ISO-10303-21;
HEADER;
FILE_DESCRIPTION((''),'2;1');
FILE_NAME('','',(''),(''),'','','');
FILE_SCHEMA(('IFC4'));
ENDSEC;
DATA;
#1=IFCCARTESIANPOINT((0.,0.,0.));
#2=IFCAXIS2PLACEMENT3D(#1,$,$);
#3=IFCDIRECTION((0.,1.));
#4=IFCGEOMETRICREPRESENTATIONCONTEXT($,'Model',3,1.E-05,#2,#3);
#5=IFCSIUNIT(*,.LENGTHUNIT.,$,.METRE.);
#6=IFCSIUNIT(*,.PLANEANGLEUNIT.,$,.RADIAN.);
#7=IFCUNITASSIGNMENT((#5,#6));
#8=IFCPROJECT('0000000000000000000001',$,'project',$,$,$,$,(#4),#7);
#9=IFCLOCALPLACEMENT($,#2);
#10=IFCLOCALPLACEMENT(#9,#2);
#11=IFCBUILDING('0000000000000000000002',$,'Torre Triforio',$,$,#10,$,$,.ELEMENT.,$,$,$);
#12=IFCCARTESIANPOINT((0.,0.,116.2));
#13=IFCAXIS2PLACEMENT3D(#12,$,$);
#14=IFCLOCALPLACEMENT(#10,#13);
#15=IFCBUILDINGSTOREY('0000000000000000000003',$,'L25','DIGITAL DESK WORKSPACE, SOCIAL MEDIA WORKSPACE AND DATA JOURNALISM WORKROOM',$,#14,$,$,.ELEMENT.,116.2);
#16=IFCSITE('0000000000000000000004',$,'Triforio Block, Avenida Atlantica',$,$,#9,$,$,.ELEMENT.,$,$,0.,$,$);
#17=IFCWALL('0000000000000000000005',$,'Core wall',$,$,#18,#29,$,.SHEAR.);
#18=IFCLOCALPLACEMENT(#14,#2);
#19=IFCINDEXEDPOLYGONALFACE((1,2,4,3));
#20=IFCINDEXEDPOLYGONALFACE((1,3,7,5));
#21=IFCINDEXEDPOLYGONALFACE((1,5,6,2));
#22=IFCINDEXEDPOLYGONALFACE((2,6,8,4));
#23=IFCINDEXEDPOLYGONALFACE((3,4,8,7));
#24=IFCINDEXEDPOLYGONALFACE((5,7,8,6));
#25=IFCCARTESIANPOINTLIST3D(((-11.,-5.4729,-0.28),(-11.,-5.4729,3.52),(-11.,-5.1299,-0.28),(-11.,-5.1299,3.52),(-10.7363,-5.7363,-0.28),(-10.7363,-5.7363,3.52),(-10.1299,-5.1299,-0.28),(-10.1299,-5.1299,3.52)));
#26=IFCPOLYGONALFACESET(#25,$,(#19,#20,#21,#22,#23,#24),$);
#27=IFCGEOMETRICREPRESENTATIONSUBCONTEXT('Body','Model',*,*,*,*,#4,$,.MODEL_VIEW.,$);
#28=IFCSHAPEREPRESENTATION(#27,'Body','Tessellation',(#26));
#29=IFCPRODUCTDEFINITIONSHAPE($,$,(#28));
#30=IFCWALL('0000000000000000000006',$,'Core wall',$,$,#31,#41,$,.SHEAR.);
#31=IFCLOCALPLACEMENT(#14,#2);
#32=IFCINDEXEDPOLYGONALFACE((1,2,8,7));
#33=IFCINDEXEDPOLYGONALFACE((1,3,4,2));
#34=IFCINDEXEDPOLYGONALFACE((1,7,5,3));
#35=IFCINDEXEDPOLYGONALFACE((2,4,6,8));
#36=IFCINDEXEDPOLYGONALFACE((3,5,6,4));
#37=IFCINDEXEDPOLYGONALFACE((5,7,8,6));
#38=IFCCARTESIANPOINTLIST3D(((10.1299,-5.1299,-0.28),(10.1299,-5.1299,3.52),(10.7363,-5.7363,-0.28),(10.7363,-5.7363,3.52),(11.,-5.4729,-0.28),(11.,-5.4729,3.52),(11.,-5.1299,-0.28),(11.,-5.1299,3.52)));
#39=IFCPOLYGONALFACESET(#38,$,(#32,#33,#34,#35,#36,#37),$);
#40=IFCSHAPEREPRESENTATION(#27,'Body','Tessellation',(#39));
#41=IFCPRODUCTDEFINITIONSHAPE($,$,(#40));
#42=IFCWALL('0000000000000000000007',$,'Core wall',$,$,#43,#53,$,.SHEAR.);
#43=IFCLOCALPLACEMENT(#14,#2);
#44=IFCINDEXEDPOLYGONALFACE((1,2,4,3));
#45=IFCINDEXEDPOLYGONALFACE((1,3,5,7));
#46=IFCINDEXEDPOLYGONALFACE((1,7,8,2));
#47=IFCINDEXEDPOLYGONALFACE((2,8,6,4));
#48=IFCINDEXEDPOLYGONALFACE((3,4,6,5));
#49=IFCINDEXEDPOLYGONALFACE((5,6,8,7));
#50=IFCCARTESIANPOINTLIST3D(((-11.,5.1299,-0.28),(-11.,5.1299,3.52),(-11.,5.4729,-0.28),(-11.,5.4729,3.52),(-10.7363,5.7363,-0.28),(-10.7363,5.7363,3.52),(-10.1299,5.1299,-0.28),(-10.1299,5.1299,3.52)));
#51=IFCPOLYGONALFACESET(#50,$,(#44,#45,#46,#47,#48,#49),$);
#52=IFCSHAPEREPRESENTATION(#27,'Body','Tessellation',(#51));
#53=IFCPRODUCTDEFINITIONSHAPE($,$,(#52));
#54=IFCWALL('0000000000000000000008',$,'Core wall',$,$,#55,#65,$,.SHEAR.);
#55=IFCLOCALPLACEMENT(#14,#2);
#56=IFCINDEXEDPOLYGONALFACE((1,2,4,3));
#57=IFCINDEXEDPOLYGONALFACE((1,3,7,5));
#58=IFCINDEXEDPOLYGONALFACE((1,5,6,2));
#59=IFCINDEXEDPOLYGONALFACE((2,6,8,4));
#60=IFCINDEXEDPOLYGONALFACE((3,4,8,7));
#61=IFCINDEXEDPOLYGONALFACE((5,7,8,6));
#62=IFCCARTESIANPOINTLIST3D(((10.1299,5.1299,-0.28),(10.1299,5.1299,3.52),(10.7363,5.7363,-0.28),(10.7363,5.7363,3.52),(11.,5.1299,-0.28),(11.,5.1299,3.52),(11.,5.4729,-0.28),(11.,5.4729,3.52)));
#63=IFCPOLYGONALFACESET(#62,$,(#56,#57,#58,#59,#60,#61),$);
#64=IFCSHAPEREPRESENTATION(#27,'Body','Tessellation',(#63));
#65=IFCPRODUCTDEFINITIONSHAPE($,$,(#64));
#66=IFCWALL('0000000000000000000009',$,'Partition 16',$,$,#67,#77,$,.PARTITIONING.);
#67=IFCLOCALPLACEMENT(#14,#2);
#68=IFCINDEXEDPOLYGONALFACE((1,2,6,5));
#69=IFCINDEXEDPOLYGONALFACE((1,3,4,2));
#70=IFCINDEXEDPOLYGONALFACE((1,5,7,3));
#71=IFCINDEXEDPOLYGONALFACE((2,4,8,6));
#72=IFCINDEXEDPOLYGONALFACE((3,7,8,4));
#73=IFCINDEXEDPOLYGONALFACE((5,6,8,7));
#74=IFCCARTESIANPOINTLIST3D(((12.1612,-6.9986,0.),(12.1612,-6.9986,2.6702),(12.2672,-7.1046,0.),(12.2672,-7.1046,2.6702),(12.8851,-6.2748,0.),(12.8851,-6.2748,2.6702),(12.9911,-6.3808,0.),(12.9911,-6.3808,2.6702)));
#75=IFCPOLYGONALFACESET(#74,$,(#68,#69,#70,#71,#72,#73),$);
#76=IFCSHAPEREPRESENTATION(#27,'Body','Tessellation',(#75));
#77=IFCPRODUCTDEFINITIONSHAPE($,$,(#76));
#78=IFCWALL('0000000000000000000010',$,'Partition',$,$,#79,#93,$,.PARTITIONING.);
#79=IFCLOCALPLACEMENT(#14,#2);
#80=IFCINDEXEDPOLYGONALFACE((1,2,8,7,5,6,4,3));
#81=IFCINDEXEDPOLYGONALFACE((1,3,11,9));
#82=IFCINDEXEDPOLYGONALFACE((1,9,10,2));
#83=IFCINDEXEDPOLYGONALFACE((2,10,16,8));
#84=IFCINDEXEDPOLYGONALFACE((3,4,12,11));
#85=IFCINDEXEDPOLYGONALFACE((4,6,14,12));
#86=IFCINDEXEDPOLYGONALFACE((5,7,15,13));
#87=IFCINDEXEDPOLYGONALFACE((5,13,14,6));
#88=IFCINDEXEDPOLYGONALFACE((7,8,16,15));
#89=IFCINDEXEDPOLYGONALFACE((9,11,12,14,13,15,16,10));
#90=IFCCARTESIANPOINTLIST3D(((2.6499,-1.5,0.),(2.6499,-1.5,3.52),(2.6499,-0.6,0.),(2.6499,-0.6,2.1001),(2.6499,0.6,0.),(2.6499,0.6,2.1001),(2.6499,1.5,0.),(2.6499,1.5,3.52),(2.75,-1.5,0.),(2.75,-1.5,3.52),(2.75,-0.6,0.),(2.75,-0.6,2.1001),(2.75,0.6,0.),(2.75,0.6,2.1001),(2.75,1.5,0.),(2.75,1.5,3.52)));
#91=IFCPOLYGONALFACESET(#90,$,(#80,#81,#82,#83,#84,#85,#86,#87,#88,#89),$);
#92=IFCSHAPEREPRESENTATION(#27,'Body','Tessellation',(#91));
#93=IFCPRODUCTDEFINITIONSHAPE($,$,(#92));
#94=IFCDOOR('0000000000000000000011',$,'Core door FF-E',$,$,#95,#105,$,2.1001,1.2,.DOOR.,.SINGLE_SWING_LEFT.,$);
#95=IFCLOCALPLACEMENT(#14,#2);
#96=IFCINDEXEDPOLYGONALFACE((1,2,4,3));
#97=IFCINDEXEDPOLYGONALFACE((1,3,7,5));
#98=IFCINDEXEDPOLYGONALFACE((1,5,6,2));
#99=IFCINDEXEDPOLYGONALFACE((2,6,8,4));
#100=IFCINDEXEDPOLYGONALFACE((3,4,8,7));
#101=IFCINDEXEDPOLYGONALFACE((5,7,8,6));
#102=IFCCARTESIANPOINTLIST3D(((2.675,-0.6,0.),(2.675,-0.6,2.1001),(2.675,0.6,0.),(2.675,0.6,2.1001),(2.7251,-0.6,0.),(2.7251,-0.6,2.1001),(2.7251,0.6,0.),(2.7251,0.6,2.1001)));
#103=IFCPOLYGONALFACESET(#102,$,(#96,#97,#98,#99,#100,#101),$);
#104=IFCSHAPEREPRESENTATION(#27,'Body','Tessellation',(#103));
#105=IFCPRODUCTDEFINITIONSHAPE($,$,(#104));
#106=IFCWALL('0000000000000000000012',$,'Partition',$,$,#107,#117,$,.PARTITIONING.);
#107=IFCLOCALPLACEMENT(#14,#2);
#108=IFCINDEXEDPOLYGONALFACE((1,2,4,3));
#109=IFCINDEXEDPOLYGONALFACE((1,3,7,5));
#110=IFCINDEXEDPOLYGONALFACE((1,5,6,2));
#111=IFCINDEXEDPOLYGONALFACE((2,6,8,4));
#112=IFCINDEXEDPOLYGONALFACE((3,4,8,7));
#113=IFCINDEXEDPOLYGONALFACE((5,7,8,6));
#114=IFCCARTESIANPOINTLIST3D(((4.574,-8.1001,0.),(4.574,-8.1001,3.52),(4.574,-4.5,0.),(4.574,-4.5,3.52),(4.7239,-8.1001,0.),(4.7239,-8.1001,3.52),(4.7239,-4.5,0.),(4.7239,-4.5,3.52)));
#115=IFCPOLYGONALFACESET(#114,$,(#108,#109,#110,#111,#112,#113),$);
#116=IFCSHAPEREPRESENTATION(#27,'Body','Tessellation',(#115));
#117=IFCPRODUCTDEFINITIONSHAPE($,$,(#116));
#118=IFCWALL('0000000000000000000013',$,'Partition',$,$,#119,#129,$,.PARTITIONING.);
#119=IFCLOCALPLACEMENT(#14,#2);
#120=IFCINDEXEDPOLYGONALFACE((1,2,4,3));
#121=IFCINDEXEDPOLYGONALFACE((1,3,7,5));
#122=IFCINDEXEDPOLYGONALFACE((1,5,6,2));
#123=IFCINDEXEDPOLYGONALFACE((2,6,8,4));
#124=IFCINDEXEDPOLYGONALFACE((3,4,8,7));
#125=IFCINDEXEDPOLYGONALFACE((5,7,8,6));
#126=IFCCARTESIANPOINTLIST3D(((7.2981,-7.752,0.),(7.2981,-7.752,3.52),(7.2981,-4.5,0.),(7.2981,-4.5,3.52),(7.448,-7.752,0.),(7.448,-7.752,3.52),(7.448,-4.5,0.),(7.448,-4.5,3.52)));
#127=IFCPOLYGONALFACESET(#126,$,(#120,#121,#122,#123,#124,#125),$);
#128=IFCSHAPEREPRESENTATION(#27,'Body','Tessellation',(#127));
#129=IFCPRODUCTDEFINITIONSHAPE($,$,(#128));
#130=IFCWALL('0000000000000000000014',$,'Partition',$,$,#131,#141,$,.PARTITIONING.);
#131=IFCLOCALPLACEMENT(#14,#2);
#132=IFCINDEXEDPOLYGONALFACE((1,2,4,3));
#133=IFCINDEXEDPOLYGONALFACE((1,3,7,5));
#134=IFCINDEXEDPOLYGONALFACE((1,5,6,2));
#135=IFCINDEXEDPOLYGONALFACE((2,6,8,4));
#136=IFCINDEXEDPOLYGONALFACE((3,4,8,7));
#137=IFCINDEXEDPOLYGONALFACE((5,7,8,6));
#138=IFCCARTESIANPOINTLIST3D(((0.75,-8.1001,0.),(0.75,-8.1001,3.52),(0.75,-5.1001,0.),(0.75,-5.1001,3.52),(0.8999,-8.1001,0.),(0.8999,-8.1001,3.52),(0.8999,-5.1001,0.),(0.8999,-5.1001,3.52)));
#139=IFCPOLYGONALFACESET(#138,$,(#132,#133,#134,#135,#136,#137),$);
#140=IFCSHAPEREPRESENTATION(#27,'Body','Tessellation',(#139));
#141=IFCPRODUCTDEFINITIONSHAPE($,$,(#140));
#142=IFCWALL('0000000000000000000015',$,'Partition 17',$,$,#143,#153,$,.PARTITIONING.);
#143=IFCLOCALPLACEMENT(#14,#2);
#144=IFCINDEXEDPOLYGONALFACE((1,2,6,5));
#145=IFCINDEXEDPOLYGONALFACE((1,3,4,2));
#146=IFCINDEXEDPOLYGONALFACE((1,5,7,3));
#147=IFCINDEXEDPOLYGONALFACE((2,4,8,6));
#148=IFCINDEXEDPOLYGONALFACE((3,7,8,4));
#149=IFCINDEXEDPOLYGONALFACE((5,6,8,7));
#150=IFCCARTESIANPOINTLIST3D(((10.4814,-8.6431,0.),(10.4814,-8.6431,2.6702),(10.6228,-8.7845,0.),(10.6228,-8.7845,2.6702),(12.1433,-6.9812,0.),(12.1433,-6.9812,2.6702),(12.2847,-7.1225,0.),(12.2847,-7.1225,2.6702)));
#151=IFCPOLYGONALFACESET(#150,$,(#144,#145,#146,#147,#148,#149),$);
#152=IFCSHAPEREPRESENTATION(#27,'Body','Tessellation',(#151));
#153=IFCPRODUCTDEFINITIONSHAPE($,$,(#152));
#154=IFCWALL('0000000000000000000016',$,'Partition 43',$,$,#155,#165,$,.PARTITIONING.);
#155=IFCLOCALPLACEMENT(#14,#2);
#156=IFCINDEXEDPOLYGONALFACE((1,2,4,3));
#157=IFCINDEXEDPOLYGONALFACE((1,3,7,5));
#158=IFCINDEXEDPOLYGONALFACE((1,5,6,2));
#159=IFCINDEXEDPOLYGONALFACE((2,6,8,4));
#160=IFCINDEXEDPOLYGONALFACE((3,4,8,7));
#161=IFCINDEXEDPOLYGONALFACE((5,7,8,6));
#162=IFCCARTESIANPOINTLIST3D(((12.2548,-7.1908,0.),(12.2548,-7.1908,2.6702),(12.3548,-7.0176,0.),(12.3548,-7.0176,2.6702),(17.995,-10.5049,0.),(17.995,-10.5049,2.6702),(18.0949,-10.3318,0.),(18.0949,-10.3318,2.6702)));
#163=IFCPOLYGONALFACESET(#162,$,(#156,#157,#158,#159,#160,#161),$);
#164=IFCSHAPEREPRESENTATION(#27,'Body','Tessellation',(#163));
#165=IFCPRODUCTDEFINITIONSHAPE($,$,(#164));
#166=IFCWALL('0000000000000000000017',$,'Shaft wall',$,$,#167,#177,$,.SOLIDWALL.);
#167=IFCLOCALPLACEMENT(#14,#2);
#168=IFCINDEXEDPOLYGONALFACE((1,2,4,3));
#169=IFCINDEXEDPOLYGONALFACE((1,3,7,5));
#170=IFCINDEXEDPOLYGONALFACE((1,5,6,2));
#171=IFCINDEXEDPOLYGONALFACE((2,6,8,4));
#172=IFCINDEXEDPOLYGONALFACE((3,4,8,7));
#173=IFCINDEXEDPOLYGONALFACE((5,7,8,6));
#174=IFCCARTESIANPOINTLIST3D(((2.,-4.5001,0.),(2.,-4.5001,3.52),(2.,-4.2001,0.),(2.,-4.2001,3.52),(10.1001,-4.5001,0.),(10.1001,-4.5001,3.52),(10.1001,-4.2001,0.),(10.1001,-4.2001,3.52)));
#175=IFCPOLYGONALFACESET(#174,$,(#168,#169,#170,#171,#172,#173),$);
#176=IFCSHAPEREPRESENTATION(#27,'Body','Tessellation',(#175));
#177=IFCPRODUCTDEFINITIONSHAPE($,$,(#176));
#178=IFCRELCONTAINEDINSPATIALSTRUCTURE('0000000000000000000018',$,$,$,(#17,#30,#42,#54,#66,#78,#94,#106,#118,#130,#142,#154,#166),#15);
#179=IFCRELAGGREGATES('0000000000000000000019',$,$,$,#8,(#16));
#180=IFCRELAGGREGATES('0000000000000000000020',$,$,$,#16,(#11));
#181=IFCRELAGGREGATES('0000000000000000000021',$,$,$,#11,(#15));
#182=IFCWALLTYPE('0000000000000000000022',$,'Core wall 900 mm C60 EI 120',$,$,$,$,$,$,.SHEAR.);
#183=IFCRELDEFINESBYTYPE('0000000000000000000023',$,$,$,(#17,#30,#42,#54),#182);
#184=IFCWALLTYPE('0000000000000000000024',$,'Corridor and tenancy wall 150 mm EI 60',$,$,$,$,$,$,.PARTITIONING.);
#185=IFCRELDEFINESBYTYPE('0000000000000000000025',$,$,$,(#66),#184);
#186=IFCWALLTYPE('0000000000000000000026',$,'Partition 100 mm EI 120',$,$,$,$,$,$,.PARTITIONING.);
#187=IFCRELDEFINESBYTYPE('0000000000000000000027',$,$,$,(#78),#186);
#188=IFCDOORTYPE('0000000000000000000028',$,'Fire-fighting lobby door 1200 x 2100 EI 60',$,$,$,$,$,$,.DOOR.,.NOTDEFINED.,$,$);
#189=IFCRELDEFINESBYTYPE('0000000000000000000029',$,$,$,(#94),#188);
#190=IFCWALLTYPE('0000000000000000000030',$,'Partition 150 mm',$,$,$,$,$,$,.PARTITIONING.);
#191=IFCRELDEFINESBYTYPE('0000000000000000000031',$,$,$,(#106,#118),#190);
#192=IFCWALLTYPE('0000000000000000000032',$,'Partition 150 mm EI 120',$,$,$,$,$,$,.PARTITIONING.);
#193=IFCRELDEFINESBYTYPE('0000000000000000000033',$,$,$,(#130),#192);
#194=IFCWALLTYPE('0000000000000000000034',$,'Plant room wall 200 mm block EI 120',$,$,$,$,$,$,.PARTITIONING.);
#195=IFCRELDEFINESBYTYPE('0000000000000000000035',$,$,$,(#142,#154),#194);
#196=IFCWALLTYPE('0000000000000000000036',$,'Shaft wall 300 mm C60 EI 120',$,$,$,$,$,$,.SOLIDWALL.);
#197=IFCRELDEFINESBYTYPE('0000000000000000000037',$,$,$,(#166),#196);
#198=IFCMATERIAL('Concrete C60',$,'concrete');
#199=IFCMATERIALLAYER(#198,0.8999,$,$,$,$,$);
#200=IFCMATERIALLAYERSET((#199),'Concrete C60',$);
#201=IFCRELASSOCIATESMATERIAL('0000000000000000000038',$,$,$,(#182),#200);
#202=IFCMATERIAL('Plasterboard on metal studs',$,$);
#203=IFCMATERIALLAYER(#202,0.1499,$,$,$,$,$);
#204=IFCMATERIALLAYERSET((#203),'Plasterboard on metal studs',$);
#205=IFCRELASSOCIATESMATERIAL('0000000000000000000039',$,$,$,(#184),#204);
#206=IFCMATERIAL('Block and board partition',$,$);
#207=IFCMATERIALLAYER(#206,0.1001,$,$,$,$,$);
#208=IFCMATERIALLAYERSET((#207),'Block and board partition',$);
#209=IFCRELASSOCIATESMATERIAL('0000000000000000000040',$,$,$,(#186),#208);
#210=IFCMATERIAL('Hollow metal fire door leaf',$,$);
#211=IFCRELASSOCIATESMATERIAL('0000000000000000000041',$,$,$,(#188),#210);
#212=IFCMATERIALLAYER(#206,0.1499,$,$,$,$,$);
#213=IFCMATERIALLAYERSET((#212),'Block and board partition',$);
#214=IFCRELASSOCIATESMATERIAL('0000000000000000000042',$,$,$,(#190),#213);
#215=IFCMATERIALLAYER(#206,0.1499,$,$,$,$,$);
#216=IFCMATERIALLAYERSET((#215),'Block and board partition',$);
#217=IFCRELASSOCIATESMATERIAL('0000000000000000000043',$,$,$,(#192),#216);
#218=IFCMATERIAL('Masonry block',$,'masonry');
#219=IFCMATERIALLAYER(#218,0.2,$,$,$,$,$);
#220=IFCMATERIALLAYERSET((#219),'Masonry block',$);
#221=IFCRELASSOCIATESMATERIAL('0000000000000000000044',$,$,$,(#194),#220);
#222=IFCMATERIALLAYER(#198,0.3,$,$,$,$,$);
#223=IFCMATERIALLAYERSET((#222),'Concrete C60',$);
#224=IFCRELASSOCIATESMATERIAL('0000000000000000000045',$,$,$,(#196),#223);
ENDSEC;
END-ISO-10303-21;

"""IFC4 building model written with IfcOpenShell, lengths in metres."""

from ifc_helpers import new_model, si_unit, direction, frame, frame_2d, origin, place, context, subcontext, project, spatial, polyline, rectangle, outline, extrude, material, layer, layer_set, type_object, element, fill, save


model = new_model("IFC4")

# Units and contexts
model_context = context("Model", 3, precision=1e-05, world=origin(), true_north=direction((0.0, 1.0)))
body_context = subcontext(model_context, "Body", "Model", "MODEL_VIEW")
ifc_project = project(units=[si_unit("LENGTHUNIT", "METRE"), si_unit("PLANEANGLEUNIT", "RADIAN")], contexts=[model_context])

# Site, building, storey
site_placement = place(None, origin())
site = spatial("IfcSite", under=ifc_project, at=site_placement, Name="Triforio Block, Avenida Atlantica", CompositionType="ELEMENT", RefElevation=0.0)
building_placement = place(site_placement, origin())
building = spatial("IfcBuilding", under=site, at=building_placement, Name="Torre Triforio", CompositionType="ELEMENT")
storey_placement = place(building_placement, frame((0.0, 0.0, 116.2)))
storey = spatial("IfcBuildingStorey", under=building, at=storey_placement, Name="L25", Description="DIGITAL DESK WORKSPACE, SOCIAL MEDIA WORKSPACE AND DATA JOURNALISM WORKROOM", CompositionType="ELEMENT", Elevation=116.2)

# Shared definitions
ifc_material_1 = material(Name="Concrete C60", Category="concrete")

# Shared definitions
ifc_layer_1 = layer(ifc_material_1, 0.8999)
ifc_layer_set_1 = layer_set([ifc_layer_1], Name="Concrete C60")
wall_type_1 = type_object("IfcWallType", Name="Core wall 900 mm C60 EI 120", PredefinedType="SHEAR", material=ifc_layer_set_1)
ifc_material_2 = material(Name="Hollow metal fire door leaf")

# Walls
wall_1_placement = place(storey_placement, frame((0.0, 0.0, -0.28)))
element("IfcWall", 1, at=wall_1_placement, inside=storey, type_object=wall_type_1, Name="Core wall", PredefinedType="SHEAR", context=body_context, shape_type="SweptSolid", body=[
    extrude(outline(polyline([(-11.0, -5.4729), (-11.0, -5.1299), (-10.1299, -5.1299), (-10.7363, -5.7363), (-11.0, -5.4729)])), origin(), (0.0, 0.0, 1.0), 3.8),
])
wall_2_placement = place(storey_placement, frame((0.0, 0.0, -0.28)))
element("IfcWall", 2, at=wall_2_placement, inside=storey, type_object=wall_type_1, Name="Core wall", PredefinedType="SHEAR", context=body_context, shape_type="SweptSolid", body=[
    extrude(outline(polyline([(11.0, -5.4729), (10.7363, -5.7363), (10.1299, -5.1299), (11.0, -5.1299), (11.0, -5.4729)])), origin(), (0.0, 0.0, 1.0), 3.8),
])
wall_3_placement = place(storey_placement, frame((0.0, 0.0, -0.28)))
element("IfcWall", 3, at=wall_3_placement, inside=storey, type_object=wall_type_1, Name="Core wall", PredefinedType="SHEAR", context=body_context, shape_type="SweptSolid", body=[
    extrude(outline(polyline([(-10.7363, 5.7363), (-10.1299, 5.1299), (-11.0, 5.1299), (-11.0, 5.4729), (-10.7363, 5.7363)])), origin(), (0.0, 0.0, 1.0), 3.8),
])
wall_4_placement = place(storey_placement, frame((0.0, 0.0, -0.28)))
element("IfcWall", 4, at=wall_4_placement, inside=storey, type_object=wall_type_1, Name="Core wall", PredefinedType="SHEAR", context=body_context, shape_type="SweptSolid", body=[
    extrude(outline(polyline([(11.0, 5.4729), (11.0, 5.1299), (10.1299, 5.1299), (10.7363, 5.7363), (11.0, 5.4729)])), origin(), (0.0, 0.0, 1.0), 3.8),
])
ifc_material_3 = material(Name="Plasterboard on metal studs")
ifc_layer_2 = layer(ifc_material_3, 0.1499)
ifc_layer_set_2 = layer_set([ifc_layer_2], Name="Plasterboard on metal studs")
wall_type_2 = type_object("IfcWallType", Name="Corridor and tenancy wall 150 mm EI 60", PredefinedType="PARTITIONING", material=ifc_layer_set_2)
wall_5_placement = place(storey_placement, frame((12.938, -6.3279, 0.0), z_axis=(0.0, 0.0, 1.0), x_axis=(-0.707107, -0.707107, 0.0)))
element("IfcWall", 5, at=wall_5_placement, inside=storey, type_object=wall_type_2, Name="Partition 16", PredefinedType="PARTITIONING", context=body_context, shape_type="SweptSolid", body=[
    extrude(rectangle(XDim=1.0237, YDim=0.1499, at=frame_2d((0.5117, 0.0))), origin(), (0.0, 0.0, 1.0), 2.6702),
])

# Wall, opening, door
ifc_material_4 = material(Name="Block and board partition")
ifc_layer_3 = layer(ifc_material_4, 0.1001)
ifc_layer_set_3 = layer_set([ifc_layer_3], Name="Block and board partition")
wall_type_3 = type_object("IfcWallType", Name="Partition 100 mm EI 120", PredefinedType="PARTITIONING", material=ifc_layer_set_3)
wall_6_placement = place(storey_placement, frame((2.7, -1.5, 0.0), z_axis=(0.0, 0.0, 1.0), x_axis=(0.0, 1.0, 0.0)))
wall_6 = element("IfcWall", 6, at=wall_6_placement, inside=storey, type_object=wall_type_3, Name="Partition", PredefinedType="PARTITIONING", context=body_context, shape_type="SweptSolid", body=[
    extrude(rectangle(XDim=3.0, YDim=0.1001, at=frame_2d((1.5, 0.0))), origin(), (0.0, 0.0, 1.0), 3.52),
])
opening_1_placement = place(wall_6_placement, frame((0.8999, 0.0, 0.0)))
opening_1 = element("IfcOpeningElement", 7, at=opening_1_placement, cuts=wall_6, PredefinedType="OPENING", context=body_context, shape_type="SweptSolid", body=[
    extrude(rectangle(XDim=1.2, YDim=2.1001, at=frame_2d((0.6001, 1.05))), frame((0.0, 0.0601, 0.0), z_axis=(0.0, -1.0, 0.0), x_axis=(1.0, 0.0, 0.0)), (0.0, 0.0, 1.0), 0.1201),
])
door_type_1 = type_object("IfcDoorType", Name="Fire-fighting lobby door 1200 x 2100 EI 60", OperationType="NOTDEFINED", PredefinedType="DOOR", material=ifc_material_2)
door_1_placement = place(opening_1_placement, origin())
door_1 = element("IfcDoor", 8, at=door_1_placement, inside=storey, type_object=door_type_1, Name="Core door FF-E", OperationType="SINGLE_SWING_LEFT", OverallHeight=2.1001, OverallWidth=1.2, PredefinedType="DOOR", context=body_context, shape_type="SweptSolid", body=[
    extrude(rectangle(XDim=1.2, YDim=2.1001, at=frame_2d((0.6001, 1.05))), frame((0.0, 0.0249, 0.0), z_axis=(0.0, -1.0, 0.0), x_axis=(1.0, 0.0, 0.0)), (0.0, 0.0, 1.0), 0.05),
])
fill(opening_1, door_1)

# Walls
ifc_layer_4 = layer(ifc_material_4, 0.1499)
ifc_layer_set_4 = layer_set([ifc_layer_4], Name="Block and board partition")
wall_type_4 = type_object("IfcWallType", Name="Partition 150 mm", PredefinedType="PARTITIONING", material=ifc_layer_set_4)
wall_7_placement = place(storey_placement, frame((4.6489, -8.1001, 0.0), z_axis=(0.0, 0.0, 1.0), x_axis=(0.0, 1.0, 0.0)))
element("IfcWall", 9, at=wall_7_placement, inside=storey, type_object=wall_type_4, Name="Partition", PredefinedType="PARTITIONING", context=body_context, shape_type="SweptSolid", body=[
    extrude(rectangle(XDim=3.6001, YDim=0.1499, at=frame_2d((1.8, 0.0))), origin(), (0.0, 0.0, 1.0), 3.52),
])
wall_8_placement = place(storey_placement, frame((7.373, -7.752, 0.0), z_axis=(0.0, 0.0, 1.0), x_axis=(0.0, 1.0, 0.0)))
element("IfcWall", 10, at=wall_8_placement, inside=storey, type_object=wall_type_4, Name="Partition", PredefinedType="PARTITIONING", context=body_context, shape_type="SweptSolid", body=[
    extrude(rectangle(XDim=3.252, YDim=0.1499, at=frame_2d((1.626, 0.0))), origin(), (0.0, 0.0, 1.0), 3.52),
])
ifc_layer_5 = layer(ifc_material_4, 0.1499)
ifc_layer_set_5 = layer_set([ifc_layer_5], Name="Block and board partition")
wall_type_5 = type_object("IfcWallType", Name="Partition 150 mm EI 120", PredefinedType="PARTITIONING", material=ifc_layer_set_5)
wall_9_placement = place(storey_placement, frame((0.825, -8.1001, 0.0), z_axis=(0.0, 0.0, 1.0), x_axis=(0.0, 1.0, 0.0)))
element("IfcWall", 11, at=wall_9_placement, inside=storey, type_object=wall_type_5, Name="Partition", PredefinedType="PARTITIONING", context=body_context, shape_type="SweptSolid", body=[
    extrude(rectangle(XDim=3.0, YDim=0.1499, at=frame_2d((1.5, 0.0))), origin(), (0.0, 0.0, 1.0), 3.52),
])
ifc_material_5 = material(Name="Masonry block", Category="masonry")
ifc_layer_6 = layer(ifc_material_5, 0.2)
ifc_layer_set_6 = layer_set([ifc_layer_6], Name="Masonry block")
wall_type_6 = type_object("IfcWallType", Name="Plant room wall 200 mm block EI 120", PredefinedType="PARTITIONING", material=ifc_layer_set_6)
wall_10_placement = place(storey_placement, frame((12.2141, -7.0518, 0.0), z_axis=(0.0, 0.0, 1.0), x_axis=(-0.707107, -0.707107, 0.0)))
element("IfcWall", 12, at=wall_10_placement, inside=storey, type_object=wall_type_6, Name="Partition 17", PredefinedType="PARTITIONING", context=body_context, shape_type="SweptSolid", body=[
    extrude(rectangle(XDim=2.3503, YDim=0.2, at=frame_2d((1.1753, 0.0))), origin(), (0.0, 0.0, 1.0), 2.6702),
])
wall_11_placement = place(storey_placement, frame((12.3049, -7.1042, 0.0), z_axis=(0.0, 0.0, 1.0), x_axis=(0.86602, -0.500009, 0.0)))
element("IfcWall", 13, at=wall_11_placement, inside=storey, type_object=wall_type_6, Name="Partition 43", PredefinedType="PARTITIONING", context=body_context, shape_type="SweptSolid", body=[
    extrude(rectangle(XDim=6.6282, YDim=0.2, at=frame_2d((3.314, 0.0))), origin(), (0.0, 0.0, 1.0), 2.6702),
])
ifc_layer_7 = layer(ifc_material_1, 0.3)
ifc_layer_set_7 = layer_set([ifc_layer_7], Name="Concrete C60")
wall_type_7 = type_object("IfcWallType", Name="Shaft wall 300 mm C60 EI 120", PredefinedType="SOLIDWALL", material=ifc_layer_set_7)
for number, where, z_axis, x_axis, name in (
    (14, (2.0, -4.3501, 0.0), (0.0, 0.0, 1.0), (1.0, 0.0, 0.0), "Shaft wall"),
):
    element("IfcWall", number, at=place(storey_placement, frame(where, z_axis=z_axis, x_axis=x_axis)), inside=storey, type_object=wall_type_7, Name=name, PredefinedType="SOLIDWALL", context=body_context, shape_type="SweptSolid", body=[
        extrude(rectangle(XDim=8.1001, YDim=0.3, at=frame_2d((4.05, 0.0))), origin(), (0.0, 0.0, 1.0), 3.52),
    ])

save(model, "model.ifc")
